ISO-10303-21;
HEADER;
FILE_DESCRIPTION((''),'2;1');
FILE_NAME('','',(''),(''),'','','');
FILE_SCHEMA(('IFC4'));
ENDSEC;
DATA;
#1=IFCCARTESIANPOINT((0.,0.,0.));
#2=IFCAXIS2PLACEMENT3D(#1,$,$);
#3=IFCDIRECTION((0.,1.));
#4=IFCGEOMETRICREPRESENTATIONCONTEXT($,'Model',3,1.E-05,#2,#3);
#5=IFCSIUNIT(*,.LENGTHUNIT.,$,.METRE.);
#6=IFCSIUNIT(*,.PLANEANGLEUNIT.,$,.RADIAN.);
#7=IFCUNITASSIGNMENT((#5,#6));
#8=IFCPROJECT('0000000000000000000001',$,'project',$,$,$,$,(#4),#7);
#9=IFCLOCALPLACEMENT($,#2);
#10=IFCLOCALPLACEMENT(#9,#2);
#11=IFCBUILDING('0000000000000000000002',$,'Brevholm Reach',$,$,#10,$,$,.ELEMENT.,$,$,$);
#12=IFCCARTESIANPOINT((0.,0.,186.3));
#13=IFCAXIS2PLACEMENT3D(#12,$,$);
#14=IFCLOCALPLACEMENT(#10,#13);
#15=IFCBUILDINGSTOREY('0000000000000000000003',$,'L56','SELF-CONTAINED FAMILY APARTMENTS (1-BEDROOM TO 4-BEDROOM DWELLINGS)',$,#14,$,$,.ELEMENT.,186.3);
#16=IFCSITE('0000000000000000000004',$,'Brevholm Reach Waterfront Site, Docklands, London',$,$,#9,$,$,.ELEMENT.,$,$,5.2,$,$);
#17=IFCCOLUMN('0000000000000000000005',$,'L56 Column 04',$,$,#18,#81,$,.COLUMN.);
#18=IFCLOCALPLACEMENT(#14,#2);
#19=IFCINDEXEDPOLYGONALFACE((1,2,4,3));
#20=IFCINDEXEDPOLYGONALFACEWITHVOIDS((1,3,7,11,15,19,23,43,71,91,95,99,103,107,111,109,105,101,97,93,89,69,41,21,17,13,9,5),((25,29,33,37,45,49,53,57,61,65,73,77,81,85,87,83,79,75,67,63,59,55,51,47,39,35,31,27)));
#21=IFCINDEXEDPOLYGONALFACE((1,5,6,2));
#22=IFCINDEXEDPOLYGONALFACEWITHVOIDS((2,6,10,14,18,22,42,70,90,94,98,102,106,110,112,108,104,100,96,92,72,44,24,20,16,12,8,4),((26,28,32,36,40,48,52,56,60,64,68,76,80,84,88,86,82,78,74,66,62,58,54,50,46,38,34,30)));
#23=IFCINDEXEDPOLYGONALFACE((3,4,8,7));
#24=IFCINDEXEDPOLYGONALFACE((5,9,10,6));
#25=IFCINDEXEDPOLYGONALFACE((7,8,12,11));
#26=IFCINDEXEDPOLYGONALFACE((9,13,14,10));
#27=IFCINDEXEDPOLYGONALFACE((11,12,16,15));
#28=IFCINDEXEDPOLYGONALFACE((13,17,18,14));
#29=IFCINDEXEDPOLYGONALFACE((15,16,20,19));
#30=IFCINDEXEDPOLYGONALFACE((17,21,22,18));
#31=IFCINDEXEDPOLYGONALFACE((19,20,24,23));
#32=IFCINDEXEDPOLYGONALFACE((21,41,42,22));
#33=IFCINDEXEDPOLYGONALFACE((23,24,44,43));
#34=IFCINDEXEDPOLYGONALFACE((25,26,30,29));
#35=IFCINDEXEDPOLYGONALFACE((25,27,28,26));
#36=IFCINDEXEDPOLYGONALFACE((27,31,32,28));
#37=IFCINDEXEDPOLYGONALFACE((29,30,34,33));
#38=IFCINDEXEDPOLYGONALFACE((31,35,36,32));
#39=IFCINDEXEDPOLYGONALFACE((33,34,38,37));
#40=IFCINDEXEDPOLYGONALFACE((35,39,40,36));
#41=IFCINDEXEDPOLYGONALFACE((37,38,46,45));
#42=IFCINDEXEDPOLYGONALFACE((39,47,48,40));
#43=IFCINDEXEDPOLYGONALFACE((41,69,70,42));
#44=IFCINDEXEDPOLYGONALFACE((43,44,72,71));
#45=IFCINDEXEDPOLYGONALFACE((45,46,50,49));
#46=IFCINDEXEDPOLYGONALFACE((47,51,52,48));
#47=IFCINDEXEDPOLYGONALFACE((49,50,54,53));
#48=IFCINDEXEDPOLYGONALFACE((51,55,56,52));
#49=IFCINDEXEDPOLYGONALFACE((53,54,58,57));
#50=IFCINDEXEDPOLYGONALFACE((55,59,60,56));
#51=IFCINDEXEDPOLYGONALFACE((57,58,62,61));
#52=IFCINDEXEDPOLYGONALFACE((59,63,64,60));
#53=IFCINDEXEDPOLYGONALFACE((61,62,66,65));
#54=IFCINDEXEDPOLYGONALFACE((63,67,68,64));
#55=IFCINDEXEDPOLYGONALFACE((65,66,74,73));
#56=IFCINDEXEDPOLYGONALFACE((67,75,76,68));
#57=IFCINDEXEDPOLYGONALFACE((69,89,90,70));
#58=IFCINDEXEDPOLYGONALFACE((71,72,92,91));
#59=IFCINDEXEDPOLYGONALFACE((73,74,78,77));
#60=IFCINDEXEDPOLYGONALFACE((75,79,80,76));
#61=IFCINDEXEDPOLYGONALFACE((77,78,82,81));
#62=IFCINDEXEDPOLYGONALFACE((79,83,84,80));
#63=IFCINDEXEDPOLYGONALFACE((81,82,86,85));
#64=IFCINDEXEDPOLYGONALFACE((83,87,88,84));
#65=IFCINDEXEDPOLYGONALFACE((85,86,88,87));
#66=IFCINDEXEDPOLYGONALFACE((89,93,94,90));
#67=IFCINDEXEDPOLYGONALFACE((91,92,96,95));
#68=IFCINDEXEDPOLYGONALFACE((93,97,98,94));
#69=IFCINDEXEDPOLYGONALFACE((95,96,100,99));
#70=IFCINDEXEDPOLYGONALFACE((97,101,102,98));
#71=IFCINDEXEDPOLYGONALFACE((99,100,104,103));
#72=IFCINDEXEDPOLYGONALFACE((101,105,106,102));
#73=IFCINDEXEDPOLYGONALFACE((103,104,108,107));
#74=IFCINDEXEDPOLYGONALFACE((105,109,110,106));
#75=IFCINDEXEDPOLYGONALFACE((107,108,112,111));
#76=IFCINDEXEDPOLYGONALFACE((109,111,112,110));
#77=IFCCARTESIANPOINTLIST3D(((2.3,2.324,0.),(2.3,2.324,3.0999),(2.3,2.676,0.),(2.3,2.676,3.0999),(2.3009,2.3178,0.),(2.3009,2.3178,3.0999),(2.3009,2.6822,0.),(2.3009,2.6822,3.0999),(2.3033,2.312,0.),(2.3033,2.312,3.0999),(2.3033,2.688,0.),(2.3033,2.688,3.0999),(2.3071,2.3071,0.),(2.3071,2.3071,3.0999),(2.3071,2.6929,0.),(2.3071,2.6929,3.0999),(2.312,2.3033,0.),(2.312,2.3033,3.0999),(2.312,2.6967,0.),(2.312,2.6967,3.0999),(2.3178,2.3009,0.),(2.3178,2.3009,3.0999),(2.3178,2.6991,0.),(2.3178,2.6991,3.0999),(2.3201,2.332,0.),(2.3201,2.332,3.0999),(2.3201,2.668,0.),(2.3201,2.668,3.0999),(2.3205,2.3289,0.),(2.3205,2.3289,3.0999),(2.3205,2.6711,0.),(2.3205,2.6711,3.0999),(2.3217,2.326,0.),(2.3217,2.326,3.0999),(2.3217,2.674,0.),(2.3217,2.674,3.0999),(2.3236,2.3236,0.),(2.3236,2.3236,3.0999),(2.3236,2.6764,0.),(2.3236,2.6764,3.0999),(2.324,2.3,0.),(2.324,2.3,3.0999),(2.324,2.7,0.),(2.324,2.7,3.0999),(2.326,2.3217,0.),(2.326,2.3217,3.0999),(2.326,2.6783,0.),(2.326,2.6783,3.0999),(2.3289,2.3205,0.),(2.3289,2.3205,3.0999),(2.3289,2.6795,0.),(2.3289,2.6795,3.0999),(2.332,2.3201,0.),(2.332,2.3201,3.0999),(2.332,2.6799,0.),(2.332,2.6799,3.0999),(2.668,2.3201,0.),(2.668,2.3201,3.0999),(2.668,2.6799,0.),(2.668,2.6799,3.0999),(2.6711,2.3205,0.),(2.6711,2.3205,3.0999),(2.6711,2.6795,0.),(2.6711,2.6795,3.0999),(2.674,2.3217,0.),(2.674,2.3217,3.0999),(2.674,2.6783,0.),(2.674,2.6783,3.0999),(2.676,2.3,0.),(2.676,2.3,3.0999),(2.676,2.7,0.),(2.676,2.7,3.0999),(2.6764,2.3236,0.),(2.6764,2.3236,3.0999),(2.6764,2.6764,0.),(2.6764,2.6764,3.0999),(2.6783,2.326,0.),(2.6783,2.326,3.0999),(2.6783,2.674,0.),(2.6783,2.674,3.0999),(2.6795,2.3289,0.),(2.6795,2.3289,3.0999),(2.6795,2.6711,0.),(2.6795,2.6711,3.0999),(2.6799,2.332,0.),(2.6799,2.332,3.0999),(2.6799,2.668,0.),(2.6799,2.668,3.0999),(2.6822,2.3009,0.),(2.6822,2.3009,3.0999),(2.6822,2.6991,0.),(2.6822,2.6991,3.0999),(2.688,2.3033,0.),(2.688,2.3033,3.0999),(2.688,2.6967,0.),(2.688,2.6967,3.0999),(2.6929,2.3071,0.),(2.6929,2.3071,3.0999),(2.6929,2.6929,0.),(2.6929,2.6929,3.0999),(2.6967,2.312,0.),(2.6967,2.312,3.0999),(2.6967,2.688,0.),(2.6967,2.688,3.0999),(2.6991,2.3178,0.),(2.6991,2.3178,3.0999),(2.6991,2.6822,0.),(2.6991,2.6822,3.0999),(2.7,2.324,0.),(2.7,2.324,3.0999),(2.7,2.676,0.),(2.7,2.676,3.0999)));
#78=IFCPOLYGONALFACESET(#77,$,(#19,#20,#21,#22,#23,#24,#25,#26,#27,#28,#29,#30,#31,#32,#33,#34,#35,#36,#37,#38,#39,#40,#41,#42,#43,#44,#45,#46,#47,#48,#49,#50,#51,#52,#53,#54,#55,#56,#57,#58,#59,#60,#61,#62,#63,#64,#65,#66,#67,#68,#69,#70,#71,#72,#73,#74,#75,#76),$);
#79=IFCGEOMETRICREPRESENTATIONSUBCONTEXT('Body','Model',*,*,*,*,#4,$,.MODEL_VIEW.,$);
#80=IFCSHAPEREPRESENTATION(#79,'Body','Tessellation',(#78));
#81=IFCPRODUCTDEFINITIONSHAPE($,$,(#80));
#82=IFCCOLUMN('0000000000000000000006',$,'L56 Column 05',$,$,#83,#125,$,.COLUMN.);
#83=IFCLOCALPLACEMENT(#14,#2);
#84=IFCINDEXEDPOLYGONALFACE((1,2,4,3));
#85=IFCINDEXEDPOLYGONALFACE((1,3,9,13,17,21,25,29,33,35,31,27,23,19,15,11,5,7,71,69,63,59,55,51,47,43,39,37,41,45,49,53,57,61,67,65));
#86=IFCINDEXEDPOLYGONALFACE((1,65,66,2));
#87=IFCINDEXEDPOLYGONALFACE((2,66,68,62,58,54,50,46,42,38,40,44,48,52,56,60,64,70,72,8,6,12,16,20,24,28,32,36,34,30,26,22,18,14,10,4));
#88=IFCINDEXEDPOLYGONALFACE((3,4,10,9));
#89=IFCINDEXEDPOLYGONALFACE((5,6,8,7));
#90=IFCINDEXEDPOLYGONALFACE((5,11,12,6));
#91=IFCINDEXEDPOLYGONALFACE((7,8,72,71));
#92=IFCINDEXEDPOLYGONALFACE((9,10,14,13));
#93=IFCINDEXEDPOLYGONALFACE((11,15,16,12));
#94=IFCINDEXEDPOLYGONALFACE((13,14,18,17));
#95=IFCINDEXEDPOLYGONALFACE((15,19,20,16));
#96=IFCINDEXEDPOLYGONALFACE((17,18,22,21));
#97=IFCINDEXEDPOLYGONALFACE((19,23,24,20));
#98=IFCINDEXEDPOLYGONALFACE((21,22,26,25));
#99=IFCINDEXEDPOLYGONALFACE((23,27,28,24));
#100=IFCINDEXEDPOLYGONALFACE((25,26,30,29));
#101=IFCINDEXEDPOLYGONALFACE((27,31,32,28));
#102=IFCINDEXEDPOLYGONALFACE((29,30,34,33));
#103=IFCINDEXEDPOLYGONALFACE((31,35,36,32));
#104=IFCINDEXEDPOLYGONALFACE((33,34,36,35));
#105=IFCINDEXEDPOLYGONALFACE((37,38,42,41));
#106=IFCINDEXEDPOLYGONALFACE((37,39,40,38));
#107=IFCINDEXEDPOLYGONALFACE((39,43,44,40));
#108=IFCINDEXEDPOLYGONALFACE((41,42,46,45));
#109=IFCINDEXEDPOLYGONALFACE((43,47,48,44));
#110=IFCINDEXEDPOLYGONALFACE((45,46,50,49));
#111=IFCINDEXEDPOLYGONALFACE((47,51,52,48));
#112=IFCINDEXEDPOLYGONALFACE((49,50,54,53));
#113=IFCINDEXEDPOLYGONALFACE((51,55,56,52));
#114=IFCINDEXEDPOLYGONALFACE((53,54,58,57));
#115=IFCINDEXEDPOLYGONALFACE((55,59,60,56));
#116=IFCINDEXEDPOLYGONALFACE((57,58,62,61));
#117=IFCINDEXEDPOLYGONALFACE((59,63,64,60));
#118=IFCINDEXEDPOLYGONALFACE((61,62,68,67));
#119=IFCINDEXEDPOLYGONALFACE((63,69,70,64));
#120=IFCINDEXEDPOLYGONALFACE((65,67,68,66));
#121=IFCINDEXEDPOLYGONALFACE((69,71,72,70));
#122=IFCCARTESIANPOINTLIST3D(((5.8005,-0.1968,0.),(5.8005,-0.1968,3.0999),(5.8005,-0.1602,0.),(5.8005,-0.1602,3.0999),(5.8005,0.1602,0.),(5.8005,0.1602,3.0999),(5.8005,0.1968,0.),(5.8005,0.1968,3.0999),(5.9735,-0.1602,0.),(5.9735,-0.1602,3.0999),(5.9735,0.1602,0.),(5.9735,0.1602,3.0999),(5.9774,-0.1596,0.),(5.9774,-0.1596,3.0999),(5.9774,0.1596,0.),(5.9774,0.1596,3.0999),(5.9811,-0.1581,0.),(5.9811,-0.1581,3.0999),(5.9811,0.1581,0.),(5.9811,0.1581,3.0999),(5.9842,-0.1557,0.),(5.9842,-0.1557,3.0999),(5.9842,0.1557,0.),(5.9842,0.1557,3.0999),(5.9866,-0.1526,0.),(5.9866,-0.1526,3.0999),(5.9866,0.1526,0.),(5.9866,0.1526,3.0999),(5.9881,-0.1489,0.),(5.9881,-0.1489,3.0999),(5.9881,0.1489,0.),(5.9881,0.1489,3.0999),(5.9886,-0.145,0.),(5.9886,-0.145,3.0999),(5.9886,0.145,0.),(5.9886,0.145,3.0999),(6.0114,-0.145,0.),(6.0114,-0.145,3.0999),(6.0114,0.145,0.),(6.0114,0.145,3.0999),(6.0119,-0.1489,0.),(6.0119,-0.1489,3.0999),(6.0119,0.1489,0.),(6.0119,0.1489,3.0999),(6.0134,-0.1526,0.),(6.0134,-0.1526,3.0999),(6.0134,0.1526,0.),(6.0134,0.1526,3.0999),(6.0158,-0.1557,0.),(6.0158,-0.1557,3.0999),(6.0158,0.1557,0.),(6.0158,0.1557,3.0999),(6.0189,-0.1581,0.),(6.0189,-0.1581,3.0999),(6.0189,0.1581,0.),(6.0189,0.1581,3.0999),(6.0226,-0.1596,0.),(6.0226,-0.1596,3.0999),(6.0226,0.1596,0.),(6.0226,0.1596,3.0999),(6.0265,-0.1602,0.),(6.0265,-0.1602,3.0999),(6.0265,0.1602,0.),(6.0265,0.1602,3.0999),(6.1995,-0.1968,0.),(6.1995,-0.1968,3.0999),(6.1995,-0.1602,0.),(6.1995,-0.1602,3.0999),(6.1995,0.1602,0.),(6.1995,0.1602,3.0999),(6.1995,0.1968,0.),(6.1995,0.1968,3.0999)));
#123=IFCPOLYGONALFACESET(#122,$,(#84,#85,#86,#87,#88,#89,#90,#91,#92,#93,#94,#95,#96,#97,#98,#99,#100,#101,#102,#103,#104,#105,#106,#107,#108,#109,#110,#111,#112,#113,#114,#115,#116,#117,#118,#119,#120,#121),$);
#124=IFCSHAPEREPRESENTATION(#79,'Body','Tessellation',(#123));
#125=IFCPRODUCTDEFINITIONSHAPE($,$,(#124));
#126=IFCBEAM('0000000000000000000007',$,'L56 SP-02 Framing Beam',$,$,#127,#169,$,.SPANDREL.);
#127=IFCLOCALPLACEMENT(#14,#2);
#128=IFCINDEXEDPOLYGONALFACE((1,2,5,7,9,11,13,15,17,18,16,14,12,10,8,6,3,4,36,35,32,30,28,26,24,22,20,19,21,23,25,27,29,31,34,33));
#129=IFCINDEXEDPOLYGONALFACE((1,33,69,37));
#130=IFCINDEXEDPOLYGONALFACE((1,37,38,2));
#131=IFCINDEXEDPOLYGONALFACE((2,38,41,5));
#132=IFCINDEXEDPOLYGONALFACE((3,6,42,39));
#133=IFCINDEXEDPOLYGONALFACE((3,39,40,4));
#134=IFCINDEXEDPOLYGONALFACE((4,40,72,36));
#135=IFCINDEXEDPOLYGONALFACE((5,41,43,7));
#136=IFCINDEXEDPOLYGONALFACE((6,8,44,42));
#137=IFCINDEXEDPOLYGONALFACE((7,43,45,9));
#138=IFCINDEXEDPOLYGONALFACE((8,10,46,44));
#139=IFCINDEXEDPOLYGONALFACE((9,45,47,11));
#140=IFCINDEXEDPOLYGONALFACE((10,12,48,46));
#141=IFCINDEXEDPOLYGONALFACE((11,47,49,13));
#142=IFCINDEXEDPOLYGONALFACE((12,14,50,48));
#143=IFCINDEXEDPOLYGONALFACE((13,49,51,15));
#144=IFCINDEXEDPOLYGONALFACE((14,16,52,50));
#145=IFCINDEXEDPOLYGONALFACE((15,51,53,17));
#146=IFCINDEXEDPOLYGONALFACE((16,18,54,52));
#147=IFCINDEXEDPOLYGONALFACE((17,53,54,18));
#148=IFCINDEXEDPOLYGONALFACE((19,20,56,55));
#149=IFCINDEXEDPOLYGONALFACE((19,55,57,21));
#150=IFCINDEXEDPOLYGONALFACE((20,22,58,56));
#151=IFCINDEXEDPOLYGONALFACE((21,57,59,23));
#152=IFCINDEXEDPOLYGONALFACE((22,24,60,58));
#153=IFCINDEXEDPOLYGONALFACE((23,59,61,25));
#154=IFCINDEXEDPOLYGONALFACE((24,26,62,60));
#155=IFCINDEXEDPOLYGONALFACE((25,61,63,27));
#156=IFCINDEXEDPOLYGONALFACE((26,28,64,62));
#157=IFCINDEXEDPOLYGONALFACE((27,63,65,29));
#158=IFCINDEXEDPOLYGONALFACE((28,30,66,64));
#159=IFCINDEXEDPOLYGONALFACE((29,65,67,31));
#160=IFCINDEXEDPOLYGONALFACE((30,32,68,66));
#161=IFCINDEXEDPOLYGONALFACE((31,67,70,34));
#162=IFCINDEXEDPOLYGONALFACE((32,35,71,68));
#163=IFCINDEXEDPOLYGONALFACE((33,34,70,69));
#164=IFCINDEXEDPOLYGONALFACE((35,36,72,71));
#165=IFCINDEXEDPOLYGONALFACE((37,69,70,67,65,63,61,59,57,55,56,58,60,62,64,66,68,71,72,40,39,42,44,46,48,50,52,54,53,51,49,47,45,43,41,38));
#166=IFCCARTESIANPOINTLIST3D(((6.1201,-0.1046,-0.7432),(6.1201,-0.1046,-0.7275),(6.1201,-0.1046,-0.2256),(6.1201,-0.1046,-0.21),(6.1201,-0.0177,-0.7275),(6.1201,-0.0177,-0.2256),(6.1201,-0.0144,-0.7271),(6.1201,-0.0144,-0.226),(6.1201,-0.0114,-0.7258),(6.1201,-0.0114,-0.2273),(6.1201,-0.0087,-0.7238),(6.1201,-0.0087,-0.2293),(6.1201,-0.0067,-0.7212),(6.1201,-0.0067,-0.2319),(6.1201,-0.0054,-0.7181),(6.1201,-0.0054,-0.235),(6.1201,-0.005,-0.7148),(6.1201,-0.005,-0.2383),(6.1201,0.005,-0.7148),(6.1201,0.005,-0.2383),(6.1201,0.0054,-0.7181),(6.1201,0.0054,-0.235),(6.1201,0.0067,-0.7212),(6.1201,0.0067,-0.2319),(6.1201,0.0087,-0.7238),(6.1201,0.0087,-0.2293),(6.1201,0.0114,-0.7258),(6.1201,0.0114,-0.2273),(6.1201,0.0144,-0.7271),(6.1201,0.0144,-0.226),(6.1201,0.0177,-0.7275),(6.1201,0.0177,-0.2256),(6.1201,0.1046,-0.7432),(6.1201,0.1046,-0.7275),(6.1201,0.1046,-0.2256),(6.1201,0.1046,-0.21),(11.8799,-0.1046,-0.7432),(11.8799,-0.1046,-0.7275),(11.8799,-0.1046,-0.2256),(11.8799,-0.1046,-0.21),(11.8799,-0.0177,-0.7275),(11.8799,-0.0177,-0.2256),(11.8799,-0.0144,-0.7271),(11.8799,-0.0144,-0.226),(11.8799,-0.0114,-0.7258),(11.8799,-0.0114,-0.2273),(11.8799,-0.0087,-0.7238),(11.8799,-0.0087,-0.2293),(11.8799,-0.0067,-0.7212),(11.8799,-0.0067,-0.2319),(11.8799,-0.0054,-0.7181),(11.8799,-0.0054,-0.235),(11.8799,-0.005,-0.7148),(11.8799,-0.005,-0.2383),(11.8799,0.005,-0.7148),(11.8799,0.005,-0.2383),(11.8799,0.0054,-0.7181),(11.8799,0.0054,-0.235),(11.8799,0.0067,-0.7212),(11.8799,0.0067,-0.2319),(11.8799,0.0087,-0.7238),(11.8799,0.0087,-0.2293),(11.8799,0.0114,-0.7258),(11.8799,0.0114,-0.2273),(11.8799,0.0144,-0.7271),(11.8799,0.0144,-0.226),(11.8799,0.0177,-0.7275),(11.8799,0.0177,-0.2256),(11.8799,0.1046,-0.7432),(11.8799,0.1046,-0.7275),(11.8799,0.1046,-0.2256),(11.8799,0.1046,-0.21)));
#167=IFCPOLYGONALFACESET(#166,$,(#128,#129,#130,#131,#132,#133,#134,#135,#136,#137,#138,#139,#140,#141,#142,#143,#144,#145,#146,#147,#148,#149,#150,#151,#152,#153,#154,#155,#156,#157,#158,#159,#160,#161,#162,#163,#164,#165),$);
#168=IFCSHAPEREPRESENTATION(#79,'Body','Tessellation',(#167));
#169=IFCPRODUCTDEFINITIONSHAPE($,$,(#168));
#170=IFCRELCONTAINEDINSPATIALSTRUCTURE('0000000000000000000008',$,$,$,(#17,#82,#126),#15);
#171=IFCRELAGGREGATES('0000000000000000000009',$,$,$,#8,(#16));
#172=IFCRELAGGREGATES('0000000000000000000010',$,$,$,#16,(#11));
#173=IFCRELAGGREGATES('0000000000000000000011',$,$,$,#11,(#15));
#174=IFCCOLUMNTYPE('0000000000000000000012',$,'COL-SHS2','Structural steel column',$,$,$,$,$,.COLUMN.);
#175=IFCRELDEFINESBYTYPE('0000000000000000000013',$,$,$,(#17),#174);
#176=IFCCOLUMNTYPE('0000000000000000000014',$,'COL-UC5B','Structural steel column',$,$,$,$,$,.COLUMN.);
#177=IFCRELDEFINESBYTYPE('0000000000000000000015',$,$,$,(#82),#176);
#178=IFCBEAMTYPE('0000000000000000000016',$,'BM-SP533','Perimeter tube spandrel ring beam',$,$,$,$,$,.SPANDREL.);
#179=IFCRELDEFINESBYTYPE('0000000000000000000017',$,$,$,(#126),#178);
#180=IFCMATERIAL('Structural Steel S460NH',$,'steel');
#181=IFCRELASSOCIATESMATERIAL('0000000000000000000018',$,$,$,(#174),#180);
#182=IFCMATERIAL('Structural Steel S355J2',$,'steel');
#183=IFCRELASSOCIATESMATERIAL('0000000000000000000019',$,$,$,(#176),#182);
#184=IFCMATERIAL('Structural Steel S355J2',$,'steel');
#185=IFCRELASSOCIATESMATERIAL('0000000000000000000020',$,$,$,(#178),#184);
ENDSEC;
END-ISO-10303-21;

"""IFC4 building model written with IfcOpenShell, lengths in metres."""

from ifc_helpers import new_model, si_unit, direction, frame, origin, origin_2d, place, context, subcontext, project, spatial, hollow_rectangle, i_section, extrude, material, material_profile, profile_set, type_object, element, save


model = new_model("IFC4")

# Units and contexts
model_context = context("Model", 3, precision=1e-05, world=origin(), true_north=direction((0.0, 1.0)))
body_context = subcontext(model_context, "Body", "Model", "MODEL_VIEW")
ifc_project = project(units=[si_unit("LENGTHUNIT", "METRE"), si_unit("PLANEANGLEUNIT", "RADIAN")], contexts=[model_context])

# Site, building, storey
site_placement = place(None, origin())
site = spatial("IfcSite", under=ifc_project, at=site_placement, Name="Brevholm Reach Waterfront Site, Docklands, London", CompositionType="ELEMENT", RefElevation=5.2)
building_placement = place(site_placement, origin())
building = spatial("IfcBuilding", under=site, at=building_placement, Name="Brevholm Reach", CompositionType="ELEMENT")
storey_placement = place(building_placement, frame((0.0, 0.0, 186.3)))
storey = spatial("IfcBuildingStorey", under=building, at=storey_placement, Name="L56", Description="SELF-CONTAINED FAMILY APARTMENTS (1-BEDROOM TO 4-BEDROOM DWELLINGS)", CompositionType="ELEMENT", Elevation=186.3)

# Columns
ifc_material_1 = material(Name="Structural Steel S460NH", Category="steel")
ifc_material_profile_1 = material_profile(ifc_material_1, hollow_rectangle(XDim=0.3999, YDim=0.3999, WallThickness=0.02, InnerFilletRadius=0.012, OuterFilletRadius=0.0239, at=origin_2d()), Name="SHS 400x400x20")
ifc_profile_set_1 = profile_set([ifc_material_profile_1], Name="Structural Steel S460NH")
column_type_1 = type_object("IfcColumnType", Name="COL-SHS2", Description="Structural steel column", PredefinedType="COLUMN", material=ifc_profile_set_1)
column_1_placement = place(storey_placement, frame((2.5, 2.5, 0.0), z_axis=(0.0, 0.0, 1.0), x_axis=(1.0, 0.0, 0.0)))
element("IfcColumn", 1, at=column_1_placement, inside=storey, type_object=column_type_1, Name="L56 Column 04", PredefinedType="COLUMN", context=body_context, shape_type="SweptSolid", body=[
    extrude(hollow_rectangle(XDim=0.3999, YDim=0.3999, WallThickness=0.02, InnerFilletRadius=0.012, OuterFilletRadius=0.0239, at=origin_2d()), origin(), (0.0, 0.0, 1.0), 3.0999),
])
ifc_material_2 = material(Name="Structural Steel S355J2", Category="steel")
ifc_material_profile_2 = material_profile(ifc_material_2, i_section(OverallWidth=0.3989, OverallDepth=0.3936, WebThickness=0.0227, FlangeThickness=0.0366, FilletRadius=0.0151, at=origin_2d()), Name="UKC 356x406x287")
ifc_profile_set_2 = profile_set([ifc_material_profile_2], Name="Structural Steel S355J2")
column_type_2 = type_object("IfcColumnType", Name="COL-UC5B", Description="Structural steel column", PredefinedType="COLUMN", material=ifc_profile_set_2)
column_2_placement = place(storey_placement, frame((6.0, 0.0, 0.0), z_axis=(0.0, 0.0, 1.0), x_axis=(1.0, 0.0, 0.0)))
element("IfcColumn", 2, at=column_2_placement, inside=storey, type_object=column_type_2, Name="L56 Column 05", PredefinedType="COLUMN", context=body_context, shape_type="SweptSolid", body=[
    extrude(i_section(OverallWidth=0.3989, OverallDepth=0.3936, WebThickness=0.0227, FlangeThickness=0.0366, FilletRadius=0.0151, at=origin_2d()), origin(), (0.0, 0.0, 1.0), 3.0999),
])

# Beam
ifc_material_3 = material(Name="Structural Steel S355J2", Category="steel")
ifc_material_profile_3 = material_profile(ifc_material_3, i_section(OverallWidth=0.2092, OverallDepth=0.5332, WebThickness=0.01, FlangeThickness=0.0156, FilletRadius=0.0127, at=origin_2d()), Name="UKB 533x210x92")
ifc_profile_set_3 = profile_set([ifc_material_profile_3], Name="Structural Steel S355J2")
beam_type_1 = type_object("IfcBeamType", Name="BM-SP533", Description="Perimeter tube spandrel ring beam", PredefinedType="SPANDREL", material=ifc_profile_set_3)
beam_1_placement = place(storey_placement, frame((6.1201, 0.0, -0.4766), z_axis=(1.0, 0.0, 0.0), x_axis=(0.0, 1.0, 0.0)))
element("IfcBeam", 3, at=beam_1_placement, inside=storey, type_object=beam_type_1, Name="L56 SP-02 Framing Beam", PredefinedType="SPANDREL", context=body_context, shape_type="SweptSolid", body=[
    extrude(i_section(OverallWidth=0.2092, OverallDepth=0.5332, WebThickness=0.01, FlangeThickness=0.0156, FilletRadius=0.0127, at=origin_2d()), origin(), (0.0, 0.0, 1.0), 5.7598),
])

save(model, "model.ifc")
